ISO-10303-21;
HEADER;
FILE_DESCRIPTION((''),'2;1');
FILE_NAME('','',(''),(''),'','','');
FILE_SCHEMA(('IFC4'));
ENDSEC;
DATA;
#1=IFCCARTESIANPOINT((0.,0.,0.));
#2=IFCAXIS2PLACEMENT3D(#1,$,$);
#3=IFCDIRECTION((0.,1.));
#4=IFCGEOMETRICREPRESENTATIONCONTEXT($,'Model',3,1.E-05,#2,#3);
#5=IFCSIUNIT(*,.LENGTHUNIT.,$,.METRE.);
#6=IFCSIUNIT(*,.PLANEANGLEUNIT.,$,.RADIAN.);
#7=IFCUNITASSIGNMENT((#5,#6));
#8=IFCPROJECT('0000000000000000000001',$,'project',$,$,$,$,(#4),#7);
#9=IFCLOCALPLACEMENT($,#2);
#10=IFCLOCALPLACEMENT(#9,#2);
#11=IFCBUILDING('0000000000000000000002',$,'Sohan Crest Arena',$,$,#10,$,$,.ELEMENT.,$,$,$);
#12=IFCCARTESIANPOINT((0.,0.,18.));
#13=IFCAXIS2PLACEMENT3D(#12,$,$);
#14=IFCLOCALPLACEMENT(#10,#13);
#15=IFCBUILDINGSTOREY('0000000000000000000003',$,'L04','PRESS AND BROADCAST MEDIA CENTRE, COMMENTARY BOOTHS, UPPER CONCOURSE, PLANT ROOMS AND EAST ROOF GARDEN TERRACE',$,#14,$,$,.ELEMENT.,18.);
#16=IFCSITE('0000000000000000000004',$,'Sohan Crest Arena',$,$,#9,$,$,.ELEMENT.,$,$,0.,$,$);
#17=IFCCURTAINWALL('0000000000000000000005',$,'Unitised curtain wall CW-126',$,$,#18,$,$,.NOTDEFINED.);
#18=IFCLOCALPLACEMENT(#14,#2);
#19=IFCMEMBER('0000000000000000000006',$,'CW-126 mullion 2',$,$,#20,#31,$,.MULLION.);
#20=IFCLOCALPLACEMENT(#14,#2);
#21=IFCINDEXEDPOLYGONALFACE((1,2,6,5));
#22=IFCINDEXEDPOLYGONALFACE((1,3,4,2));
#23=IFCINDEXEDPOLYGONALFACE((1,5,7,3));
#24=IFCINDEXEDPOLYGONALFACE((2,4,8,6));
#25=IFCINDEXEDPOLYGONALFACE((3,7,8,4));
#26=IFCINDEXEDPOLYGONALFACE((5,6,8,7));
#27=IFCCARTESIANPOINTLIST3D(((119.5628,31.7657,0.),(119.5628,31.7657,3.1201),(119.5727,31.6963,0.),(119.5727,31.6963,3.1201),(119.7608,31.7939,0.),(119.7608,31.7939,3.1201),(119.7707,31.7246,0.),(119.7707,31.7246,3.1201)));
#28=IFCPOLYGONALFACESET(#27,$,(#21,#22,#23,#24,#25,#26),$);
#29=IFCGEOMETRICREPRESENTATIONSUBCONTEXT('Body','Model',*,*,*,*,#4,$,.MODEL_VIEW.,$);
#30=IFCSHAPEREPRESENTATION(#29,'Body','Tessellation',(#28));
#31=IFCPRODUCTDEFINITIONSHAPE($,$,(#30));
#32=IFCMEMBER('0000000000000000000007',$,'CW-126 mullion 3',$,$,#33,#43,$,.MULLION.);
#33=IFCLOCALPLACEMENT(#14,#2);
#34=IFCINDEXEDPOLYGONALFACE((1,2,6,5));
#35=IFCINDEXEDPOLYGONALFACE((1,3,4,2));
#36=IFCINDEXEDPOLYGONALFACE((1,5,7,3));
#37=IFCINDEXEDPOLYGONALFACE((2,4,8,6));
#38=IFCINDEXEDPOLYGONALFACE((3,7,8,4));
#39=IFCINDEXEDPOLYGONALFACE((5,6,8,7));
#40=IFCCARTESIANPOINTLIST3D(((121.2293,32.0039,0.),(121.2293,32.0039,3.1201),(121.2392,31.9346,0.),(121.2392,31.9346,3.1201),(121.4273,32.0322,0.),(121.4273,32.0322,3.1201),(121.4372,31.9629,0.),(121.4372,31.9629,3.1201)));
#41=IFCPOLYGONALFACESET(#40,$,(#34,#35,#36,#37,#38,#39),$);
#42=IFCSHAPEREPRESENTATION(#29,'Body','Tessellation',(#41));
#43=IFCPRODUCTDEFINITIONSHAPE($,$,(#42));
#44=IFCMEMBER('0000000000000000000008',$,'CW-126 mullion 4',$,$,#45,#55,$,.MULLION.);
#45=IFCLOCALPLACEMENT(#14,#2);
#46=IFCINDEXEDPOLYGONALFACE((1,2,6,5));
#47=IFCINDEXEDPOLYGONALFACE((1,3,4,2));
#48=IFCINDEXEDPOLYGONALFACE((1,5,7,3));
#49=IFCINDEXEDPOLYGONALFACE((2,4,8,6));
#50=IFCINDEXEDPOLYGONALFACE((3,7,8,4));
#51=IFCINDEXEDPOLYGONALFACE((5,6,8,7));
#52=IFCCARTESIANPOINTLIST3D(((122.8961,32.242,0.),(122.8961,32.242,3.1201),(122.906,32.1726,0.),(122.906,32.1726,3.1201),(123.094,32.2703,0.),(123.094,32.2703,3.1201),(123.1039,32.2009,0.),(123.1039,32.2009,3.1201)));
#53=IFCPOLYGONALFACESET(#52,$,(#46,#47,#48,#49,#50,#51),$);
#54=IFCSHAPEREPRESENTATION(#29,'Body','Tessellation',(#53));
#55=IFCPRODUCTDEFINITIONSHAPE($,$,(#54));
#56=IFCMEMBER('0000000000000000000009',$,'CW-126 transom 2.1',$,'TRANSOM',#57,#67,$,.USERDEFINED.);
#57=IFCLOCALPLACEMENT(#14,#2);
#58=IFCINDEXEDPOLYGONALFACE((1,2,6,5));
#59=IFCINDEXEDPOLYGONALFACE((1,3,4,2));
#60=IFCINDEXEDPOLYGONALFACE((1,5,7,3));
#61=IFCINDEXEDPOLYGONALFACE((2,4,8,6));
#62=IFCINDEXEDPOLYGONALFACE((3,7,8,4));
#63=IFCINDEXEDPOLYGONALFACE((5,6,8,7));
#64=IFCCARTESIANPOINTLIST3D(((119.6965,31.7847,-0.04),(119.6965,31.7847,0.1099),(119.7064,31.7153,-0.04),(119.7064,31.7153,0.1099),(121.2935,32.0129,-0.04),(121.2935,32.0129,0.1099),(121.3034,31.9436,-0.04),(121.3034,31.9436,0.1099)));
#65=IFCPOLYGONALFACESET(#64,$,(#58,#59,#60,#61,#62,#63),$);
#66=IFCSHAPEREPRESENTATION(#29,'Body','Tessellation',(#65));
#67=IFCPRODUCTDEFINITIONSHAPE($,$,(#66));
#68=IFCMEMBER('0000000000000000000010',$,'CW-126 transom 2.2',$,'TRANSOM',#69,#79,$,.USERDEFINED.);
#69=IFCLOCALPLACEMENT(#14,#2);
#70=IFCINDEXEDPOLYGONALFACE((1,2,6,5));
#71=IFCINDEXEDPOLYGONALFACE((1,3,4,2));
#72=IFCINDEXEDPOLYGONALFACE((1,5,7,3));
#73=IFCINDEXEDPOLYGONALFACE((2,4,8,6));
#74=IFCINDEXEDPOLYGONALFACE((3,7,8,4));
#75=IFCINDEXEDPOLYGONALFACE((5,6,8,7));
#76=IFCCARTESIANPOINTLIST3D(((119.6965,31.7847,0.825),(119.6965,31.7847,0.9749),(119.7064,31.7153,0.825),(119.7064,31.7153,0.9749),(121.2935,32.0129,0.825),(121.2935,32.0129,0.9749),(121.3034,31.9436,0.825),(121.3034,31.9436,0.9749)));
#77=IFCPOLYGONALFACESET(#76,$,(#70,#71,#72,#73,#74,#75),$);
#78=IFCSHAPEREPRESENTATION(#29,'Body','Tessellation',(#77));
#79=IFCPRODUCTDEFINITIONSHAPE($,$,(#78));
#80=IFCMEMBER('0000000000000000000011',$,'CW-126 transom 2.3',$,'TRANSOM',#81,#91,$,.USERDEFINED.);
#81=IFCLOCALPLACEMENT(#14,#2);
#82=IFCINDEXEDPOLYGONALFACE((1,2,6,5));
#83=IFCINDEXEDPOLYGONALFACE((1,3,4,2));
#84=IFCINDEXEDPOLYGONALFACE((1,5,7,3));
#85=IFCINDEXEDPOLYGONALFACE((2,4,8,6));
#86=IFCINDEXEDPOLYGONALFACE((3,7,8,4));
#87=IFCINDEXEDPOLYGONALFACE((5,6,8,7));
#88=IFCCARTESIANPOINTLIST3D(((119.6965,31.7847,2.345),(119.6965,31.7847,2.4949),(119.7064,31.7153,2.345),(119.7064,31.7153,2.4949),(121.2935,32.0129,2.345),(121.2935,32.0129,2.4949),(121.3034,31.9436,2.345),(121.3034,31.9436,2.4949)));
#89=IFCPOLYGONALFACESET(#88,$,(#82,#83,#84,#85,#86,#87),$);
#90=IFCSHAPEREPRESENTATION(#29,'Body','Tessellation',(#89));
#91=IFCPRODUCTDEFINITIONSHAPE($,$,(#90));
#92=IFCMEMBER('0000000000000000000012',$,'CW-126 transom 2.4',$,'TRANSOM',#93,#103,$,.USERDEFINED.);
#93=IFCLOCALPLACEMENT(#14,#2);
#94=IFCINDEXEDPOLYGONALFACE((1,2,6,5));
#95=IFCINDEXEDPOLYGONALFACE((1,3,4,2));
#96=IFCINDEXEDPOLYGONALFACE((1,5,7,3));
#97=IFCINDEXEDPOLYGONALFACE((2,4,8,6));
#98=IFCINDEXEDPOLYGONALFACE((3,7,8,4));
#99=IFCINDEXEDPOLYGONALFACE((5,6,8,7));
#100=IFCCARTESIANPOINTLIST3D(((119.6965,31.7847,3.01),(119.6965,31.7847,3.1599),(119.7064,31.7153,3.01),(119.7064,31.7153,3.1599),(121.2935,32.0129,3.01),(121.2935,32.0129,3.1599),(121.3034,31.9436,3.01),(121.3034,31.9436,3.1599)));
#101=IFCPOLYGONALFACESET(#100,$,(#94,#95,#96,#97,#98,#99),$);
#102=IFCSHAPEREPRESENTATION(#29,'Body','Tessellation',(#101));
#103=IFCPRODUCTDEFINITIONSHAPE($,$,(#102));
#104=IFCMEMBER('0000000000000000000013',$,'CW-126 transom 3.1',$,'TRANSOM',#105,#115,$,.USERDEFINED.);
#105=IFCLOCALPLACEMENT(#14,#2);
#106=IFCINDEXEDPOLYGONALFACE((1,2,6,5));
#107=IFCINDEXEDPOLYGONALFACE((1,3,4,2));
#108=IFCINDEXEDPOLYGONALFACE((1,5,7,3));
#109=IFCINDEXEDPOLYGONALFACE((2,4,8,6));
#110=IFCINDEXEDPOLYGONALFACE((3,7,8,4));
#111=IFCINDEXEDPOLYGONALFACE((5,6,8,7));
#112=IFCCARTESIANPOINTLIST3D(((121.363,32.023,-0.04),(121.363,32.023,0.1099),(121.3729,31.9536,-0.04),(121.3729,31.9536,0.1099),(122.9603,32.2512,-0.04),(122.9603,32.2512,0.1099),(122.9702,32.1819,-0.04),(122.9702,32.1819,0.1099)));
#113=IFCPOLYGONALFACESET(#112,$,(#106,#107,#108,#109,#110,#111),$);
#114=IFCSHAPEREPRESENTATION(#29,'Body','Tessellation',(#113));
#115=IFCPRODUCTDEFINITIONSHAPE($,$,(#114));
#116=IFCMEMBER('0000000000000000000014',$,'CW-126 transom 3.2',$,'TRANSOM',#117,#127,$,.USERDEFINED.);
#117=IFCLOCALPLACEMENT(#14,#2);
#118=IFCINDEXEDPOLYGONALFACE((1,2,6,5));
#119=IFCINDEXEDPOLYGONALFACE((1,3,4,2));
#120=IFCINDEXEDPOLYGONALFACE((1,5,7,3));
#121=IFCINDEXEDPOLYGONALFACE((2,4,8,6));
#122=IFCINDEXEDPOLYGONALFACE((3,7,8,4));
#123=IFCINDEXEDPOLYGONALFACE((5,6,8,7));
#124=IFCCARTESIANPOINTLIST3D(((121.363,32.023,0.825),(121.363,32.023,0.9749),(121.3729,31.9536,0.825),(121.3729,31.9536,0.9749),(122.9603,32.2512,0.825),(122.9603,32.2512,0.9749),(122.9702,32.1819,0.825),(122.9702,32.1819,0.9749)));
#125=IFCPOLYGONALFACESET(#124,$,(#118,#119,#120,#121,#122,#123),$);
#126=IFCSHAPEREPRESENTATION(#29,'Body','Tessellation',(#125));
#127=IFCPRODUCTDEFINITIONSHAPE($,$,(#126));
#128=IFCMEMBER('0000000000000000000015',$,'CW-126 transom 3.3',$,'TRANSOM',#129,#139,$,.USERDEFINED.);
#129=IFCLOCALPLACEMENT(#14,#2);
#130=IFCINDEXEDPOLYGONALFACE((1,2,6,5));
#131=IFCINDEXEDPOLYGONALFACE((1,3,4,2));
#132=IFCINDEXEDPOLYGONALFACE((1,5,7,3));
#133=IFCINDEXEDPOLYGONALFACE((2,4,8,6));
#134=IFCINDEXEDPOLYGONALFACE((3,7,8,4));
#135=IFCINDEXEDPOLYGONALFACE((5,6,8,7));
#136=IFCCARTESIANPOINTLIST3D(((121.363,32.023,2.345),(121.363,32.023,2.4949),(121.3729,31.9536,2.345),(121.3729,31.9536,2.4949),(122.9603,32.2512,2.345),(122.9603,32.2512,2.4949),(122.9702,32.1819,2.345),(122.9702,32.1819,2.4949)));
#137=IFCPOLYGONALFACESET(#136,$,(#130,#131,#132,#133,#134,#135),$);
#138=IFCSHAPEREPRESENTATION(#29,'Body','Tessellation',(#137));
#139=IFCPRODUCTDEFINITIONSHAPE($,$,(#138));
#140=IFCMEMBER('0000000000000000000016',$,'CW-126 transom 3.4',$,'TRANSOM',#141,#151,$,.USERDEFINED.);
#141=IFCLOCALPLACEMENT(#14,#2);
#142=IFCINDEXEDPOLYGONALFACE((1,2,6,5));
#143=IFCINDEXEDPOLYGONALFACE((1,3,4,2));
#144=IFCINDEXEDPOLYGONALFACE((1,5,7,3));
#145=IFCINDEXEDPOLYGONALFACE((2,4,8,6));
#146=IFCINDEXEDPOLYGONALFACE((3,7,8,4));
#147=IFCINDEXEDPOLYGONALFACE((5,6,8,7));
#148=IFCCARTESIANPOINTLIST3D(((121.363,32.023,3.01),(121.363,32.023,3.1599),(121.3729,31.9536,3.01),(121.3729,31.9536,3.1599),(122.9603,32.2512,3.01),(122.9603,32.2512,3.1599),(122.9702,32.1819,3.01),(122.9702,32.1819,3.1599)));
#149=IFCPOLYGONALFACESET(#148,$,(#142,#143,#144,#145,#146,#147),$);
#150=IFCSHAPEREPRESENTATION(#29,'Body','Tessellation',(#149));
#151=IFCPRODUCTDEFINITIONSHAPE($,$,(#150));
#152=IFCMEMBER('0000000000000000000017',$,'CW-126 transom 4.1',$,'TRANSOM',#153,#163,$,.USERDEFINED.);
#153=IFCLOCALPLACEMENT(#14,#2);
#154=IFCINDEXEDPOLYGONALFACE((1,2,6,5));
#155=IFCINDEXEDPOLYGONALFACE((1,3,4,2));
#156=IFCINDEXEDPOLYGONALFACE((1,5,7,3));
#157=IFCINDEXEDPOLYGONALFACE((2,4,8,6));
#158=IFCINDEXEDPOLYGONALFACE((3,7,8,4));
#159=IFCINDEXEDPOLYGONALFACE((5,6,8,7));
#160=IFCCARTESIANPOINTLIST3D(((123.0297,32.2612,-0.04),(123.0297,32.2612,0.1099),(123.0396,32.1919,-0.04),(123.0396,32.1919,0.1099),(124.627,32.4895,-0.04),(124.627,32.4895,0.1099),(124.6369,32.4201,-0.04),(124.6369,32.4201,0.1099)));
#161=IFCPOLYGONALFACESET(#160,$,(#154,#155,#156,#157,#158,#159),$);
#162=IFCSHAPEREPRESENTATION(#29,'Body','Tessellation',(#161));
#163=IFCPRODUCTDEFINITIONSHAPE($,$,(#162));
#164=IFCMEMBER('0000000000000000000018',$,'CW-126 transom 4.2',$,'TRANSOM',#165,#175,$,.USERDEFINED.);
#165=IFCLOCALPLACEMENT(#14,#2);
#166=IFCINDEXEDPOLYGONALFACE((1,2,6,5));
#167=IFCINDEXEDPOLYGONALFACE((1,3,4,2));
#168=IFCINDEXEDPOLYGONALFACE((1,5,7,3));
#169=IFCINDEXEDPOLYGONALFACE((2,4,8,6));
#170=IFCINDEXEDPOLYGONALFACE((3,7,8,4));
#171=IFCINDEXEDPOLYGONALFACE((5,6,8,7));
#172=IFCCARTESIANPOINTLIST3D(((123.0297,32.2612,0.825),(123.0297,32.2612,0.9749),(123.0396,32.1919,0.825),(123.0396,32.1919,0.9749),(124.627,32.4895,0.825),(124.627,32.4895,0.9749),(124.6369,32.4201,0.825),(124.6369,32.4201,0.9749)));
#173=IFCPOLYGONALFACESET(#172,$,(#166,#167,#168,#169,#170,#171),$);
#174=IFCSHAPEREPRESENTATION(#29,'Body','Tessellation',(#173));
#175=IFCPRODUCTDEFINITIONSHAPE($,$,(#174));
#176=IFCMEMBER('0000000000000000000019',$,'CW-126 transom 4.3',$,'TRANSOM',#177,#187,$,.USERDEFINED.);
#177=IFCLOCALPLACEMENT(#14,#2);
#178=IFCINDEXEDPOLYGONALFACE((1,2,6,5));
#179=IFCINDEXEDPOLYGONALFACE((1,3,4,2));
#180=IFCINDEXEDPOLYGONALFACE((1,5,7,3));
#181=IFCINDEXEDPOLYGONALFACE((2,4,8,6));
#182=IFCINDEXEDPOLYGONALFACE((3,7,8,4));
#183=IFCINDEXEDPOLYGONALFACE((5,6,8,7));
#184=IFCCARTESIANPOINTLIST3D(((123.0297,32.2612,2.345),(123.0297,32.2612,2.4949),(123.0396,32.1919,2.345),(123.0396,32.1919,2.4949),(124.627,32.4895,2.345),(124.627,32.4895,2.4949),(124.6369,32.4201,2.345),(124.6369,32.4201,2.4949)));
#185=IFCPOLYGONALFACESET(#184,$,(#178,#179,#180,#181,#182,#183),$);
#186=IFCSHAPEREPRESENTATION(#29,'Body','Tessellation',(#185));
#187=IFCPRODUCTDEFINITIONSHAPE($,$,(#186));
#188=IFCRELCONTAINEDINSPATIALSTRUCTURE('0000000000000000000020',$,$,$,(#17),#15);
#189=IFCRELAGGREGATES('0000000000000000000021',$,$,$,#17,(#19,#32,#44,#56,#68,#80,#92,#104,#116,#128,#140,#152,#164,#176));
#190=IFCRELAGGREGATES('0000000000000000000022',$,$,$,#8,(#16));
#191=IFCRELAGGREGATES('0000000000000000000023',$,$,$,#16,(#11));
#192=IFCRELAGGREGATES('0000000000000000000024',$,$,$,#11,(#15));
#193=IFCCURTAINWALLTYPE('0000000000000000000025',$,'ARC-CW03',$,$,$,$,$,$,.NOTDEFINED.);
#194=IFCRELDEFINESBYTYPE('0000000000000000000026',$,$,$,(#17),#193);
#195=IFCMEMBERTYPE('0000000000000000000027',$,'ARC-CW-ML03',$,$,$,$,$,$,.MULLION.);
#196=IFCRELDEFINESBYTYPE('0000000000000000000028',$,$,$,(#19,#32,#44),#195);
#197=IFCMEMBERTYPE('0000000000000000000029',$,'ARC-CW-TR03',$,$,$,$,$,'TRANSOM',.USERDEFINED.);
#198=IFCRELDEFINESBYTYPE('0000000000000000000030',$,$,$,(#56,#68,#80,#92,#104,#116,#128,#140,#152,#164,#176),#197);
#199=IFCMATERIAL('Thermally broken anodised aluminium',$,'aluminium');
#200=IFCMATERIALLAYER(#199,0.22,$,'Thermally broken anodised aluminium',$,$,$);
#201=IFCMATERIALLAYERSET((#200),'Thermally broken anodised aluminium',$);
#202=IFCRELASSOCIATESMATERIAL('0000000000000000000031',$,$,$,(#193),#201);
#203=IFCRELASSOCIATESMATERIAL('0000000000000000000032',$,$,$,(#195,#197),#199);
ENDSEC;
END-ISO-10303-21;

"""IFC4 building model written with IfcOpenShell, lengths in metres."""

from ifc_helpers import new_model, si_unit, direction, frame, origin, origin_2d, place, context, subcontext, project, spatial, rectangle, extrude, material, layer, layer_set, material_profile, profile_set, type_object, element, aggregate, save


model = new_model("IFC4")

# Units and contexts
model_context = context("Model", 3, precision=1e-05, world=origin(), true_north=direction((0.0, 1.0)))
body_context = subcontext(model_context, "Body", "Model", "MODEL_VIEW")
ifc_project = project(units=[si_unit("LENGTHUNIT", "METRE"), si_unit("PLANEANGLEUNIT", "RADIAN")], contexts=[model_context])

# Site, building, storey
site_placement = place(None, origin())
site = spatial("IfcSite", under=ifc_project, at=site_placement, Name="Sohan Crest Arena", CompositionType="ELEMENT", RefElevation=0.0)
building_placement = place(site_placement, origin())
building = spatial("IfcBuilding", under=site, at=building_placement, Name="Sohan Crest Arena", CompositionType="ELEMENT")
storey_placement = place(building_placement, frame((0.0, 0.0, 18.0)))
storey = spatial("IfcBuildingStorey", under=building, at=storey_placement, Name="L04", Description="PRESS AND BROADCAST MEDIA CENTRE, COMMENTARY BOOTHS, UPPER CONCOURSE, PLANT ROOMS AND EAST ROOF GARDEN TERRACE", CompositionType="ELEMENT", Elevation=18.0)

# Curtain wall, members
ifc_material_1 = material(Name="Thermally broken anodised aluminium", Category="aluminium")
ifc_layer_1 = layer(ifc_material_1, 0.22, Name="Thermally broken anodised aluminium")
ifc_layer_set_1 = layer_set([ifc_layer_1], Name="Thermally broken anodised aluminium")
curtain_wall_type = type_object("IfcCurtainWallType", Name="ARC-CW03", PredefinedType="NOTDEFINED", material=ifc_layer_set_1)
curtain_wall_placement = place(storey_placement, origin())
curtain_wall = element("IfcCurtainWall", 1, at=curtain_wall_placement, inside=storey, type_object=curtain_wall_type, Name="Unitised curtain wall CW-126", PredefinedType="NOTDEFINED")
ifc_material_profile_1 = material_profile(ifc_material_1, rectangle(XDim=0.0701, YDim=0.2, at=origin_2d()), Name="ALU-MULL 70x200")
ifc_profile_set_1 = profile_set([ifc_material_profile_1], Name="Thermally broken anodised aluminium")
member_type_1 = type_object("IfcMemberType", Name="ARC-CW-ML03", PredefinedType="MULLION", material=ifc_profile_set_1)
member_1_placement = place(storey_placement, frame((119.6667, 31.7451, 0.0), z_axis=(0.0, 0.0, 1.0), x_axis=(-0.141463, 0.989944, 0.0)))
member_1 = element("IfcMember", 2, at=member_1_placement, type_object=member_type_1, Name="CW-126 mullion 2", PredefinedType="MULLION", context=body_context, shape_type="SweptSolid", body=[
    extrude(rectangle(XDim=0.0701, YDim=0.2, at=origin_2d()), origin(), (0.0, 0.0, 1.0), 3.1201),
])
member_2_placement = place(storey_placement, frame((121.3333, 31.9834, 0.0), z_axis=(0.0, 0.0, 1.0), x_axis=(-0.141463, 0.989944, 0.0)))
member_2 = element("IfcMember", 3, at=member_2_placement, type_object=member_type_1, Name="CW-126 mullion 3", PredefinedType="MULLION", context=body_context, shape_type="SweptSolid", body=[
    extrude(rectangle(XDim=0.0701, YDim=0.2, at=origin_2d()), origin(), (0.0, 0.0, 1.0), 3.1201),
])
member_3_placement = place(storey_placement, frame((123.0, 32.2214, 0.0), z_axis=(0.0, 0.0, 1.0), x_axis=(-0.141463, 0.989944, 0.0)))
member_3 = element("IfcMember", 4, at=member_3_placement, type_object=member_type_1, Name="CW-126 mullion 4", PredefinedType="MULLION", context=body_context, shape_type="SweptSolid", body=[
    extrude(rectangle(XDim=0.0701, YDim=0.2, at=origin_2d()), origin(), (0.0, 0.0, 1.0), 3.1201),
])
ifc_material_profile_2 = material_profile(ifc_material_1, rectangle(XDim=0.0701, YDim=0.1499, at=origin_2d()), Name="ALU-TRAN 70x150")
ifc_profile_set_2 = profile_set([ifc_material_profile_2], Name="Thermally broken anodised aluminium")
member_type_2 = type_object("IfcMemberType", Name="ARC-CW-TR03", ElementType="TRANSOM", PredefinedType="USERDEFINED", material=ifc_profile_set_2)
member_4_placement = place(storey_placement, frame((119.7014, 31.75, 0.0349), z_axis=(0.98994, 0.141485, 0.0), x_axis=(-0.141485, 0.98994, 0.0)))
member_4 = element("IfcMember", 5, at=member_4_placement, type_object=member_type_2, Name="CW-126 transom 2.1", ObjectType="TRANSOM", PredefinedType="USERDEFINED", context=body_context, shape_type="SweptSolid", body=[
    extrude(rectangle(XDim=0.0701, YDim=0.1499, at=origin_2d()), origin(), (0.0, 0.0, 1.0), 1.6133),
])
member_5_placement = place(storey_placement, frame((119.7014, 31.75, 0.8999), z_axis=(0.98994, 0.141485, 0.0), x_axis=(-0.141485, 0.98994, 0.0)))
member_5 = element("IfcMember", 6, at=member_5_placement, type_object=member_type_2, Name="CW-126 transom 2.2", ObjectType="TRANSOM", PredefinedType="USERDEFINED", context=body_context, shape_type="SweptSolid", body=[
    extrude(rectangle(XDim=0.0701, YDim=0.1499, at=origin_2d()), origin(), (0.0, 0.0, 1.0), 1.6133),
])
member_6_placement = place(storey_placement, frame((119.7014, 31.75, 2.4199), z_axis=(0.98994, 0.141485, 0.0), x_axis=(-0.141485, 0.98994, 0.0)))
member_6 = element("IfcMember", 7, at=member_6_placement, type_object=member_type_2, Name="CW-126 transom 2.3", ObjectType="TRANSOM", PredefinedType="USERDEFINED", context=body_context, shape_type="SweptSolid", body=[
    extrude(rectangle(XDim=0.0701, YDim=0.1499, at=origin_2d()), origin(), (0.0, 0.0, 1.0), 1.6133),
])
member_7_placement = place(storey_placement, frame((119.7014, 31.75, 3.085), z_axis=(0.98994, 0.141485, 0.0), x_axis=(-0.141485, 0.98994, 0.0)))
member_7 = element("IfcMember", 8, at=member_7_placement, type_object=member_type_2, Name="CW-126 transom 2.4", ObjectType="TRANSOM", PredefinedType="USERDEFINED", context=body_context, shape_type="SweptSolid", body=[
    extrude(rectangle(XDim=0.0701, YDim=0.1499, at=origin_2d()), origin(), (0.0, 0.0, 1.0), 1.6133),
])
member_8_placement = place(storey_placement, frame((121.3679, 31.9883, 0.0349), z_axis=(0.989943, 0.141464, 0.0), x_axis=(-0.141464, 0.989943, 0.0)))
member_8 = element("IfcMember", 9, at=member_8_placement, type_object=member_type_2, Name="CW-126 transom 3.1", ObjectType="TRANSOM", PredefinedType="USERDEFINED", context=body_context, shape_type="SweptSolid", body=[
    extrude(rectangle(XDim=0.0701, YDim=0.1499, at=origin_2d()), origin(), (0.0, 0.0, 1.0), 1.6135),
])
member_9_placement = place(storey_placement, frame((121.3679, 31.9883, 0.8999), z_axis=(0.989943, 0.141464, 0.0), x_axis=(-0.141464, 0.989943, 0.0)))
member_9 = element("IfcMember", 10, at=member_9_placement, type_object=member_type_2, Name="CW-126 transom 3.2", ObjectType="TRANSOM", PredefinedType="USERDEFINED", context=body_context, shape_type="SweptSolid", body=[
    extrude(rectangle(XDim=0.0701, YDim=0.1499, at=origin_2d()), origin(), (0.0, 0.0, 1.0), 1.6135),
])
member_10_placement = place(storey_placement, frame((121.3679, 31.9883, 2.4199), z_axis=(0.989943, 0.141464, 0.0), x_axis=(-0.141464, 0.989943, 0.0)))
member_10 = element("IfcMember", 11, at=member_10_placement, type_object=member_type_2, Name="CW-126 transom 3.3", ObjectType="TRANSOM", PredefinedType="USERDEFINED", context=body_context, shape_type="SweptSolid", body=[
    extrude(rectangle(XDim=0.0701, YDim=0.1499, at=origin_2d()), origin(), (0.0, 0.0, 1.0), 1.6135),
])
member_11_placement = place(storey_placement, frame((121.3679, 31.9883, 3.085), z_axis=(0.989943, 0.141464, 0.0), x_axis=(-0.141464, 0.989943, 0.0)))
member_11 = element("IfcMember", 12, at=member_11_placement, type_object=member_type_2, Name="CW-126 transom 3.4", ObjectType="TRANSOM", PredefinedType="USERDEFINED", context=body_context, shape_type="SweptSolid", body=[
    extrude(rectangle(XDim=0.0701, YDim=0.1499, at=origin_2d()), origin(), (0.0, 0.0, 1.0), 1.6135),
])
member_12_placement = place(storey_placement, frame((123.0347, 32.2266, 0.0349), z_axis=(0.989943, 0.141464, 0.0), x_axis=(-0.141464, 0.989943, 0.0)))
member_12 = element("IfcMember", 13, at=member_12_placement, type_object=member_type_2, Name="CW-126 transom 4.1", ObjectType="TRANSOM", PredefinedType="USERDEFINED", context=body_context, shape_type="SweptSolid", body=[
    extrude(rectangle(XDim=0.0701, YDim=0.1499, at=origin_2d()), origin(), (0.0, 0.0, 1.0), 1.6135),
])
member_13_placement = place(storey_placement, frame((123.0347, 32.2266, 0.8999), z_axis=(0.989943, 0.141464, 0.0), x_axis=(-0.141464, 0.989943, 0.0)))
member_13 = element("IfcMember", 14, at=member_13_placement, type_object=member_type_2, Name="CW-126 transom 4.2", ObjectType="TRANSOM", PredefinedType="USERDEFINED", context=body_context, shape_type="SweptSolid", body=[
    extrude(rectangle(XDim=0.0701, YDim=0.1499, at=origin_2d()), origin(), (0.0, 0.0, 1.0), 1.6135),
])
member_14_placement = place(storey_placement, frame((123.0347, 32.2266, 2.4199), z_axis=(0.989943, 0.141464, 0.0), x_axis=(-0.141464, 0.989943, 0.0)))
member_14 = element("IfcMember", 15, at=member_14_placement, type_object=member_type_2, Name="CW-126 transom 4.3", ObjectType="TRANSOM", PredefinedType="USERDEFINED", context=body_context, shape_type="SweptSolid", body=[
    extrude(rectangle(XDim=0.0701, YDim=0.1499, at=origin_2d()), origin(), (0.0, 0.0, 1.0), 1.6135),
])
aggregate(curtain_wall, [member_1, member_2, member_3, member_4, member_5, member_6, member_7, member_8, member_9, member_10, member_11, member_12, member_13, member_14])

save(model, "model.ifc")
